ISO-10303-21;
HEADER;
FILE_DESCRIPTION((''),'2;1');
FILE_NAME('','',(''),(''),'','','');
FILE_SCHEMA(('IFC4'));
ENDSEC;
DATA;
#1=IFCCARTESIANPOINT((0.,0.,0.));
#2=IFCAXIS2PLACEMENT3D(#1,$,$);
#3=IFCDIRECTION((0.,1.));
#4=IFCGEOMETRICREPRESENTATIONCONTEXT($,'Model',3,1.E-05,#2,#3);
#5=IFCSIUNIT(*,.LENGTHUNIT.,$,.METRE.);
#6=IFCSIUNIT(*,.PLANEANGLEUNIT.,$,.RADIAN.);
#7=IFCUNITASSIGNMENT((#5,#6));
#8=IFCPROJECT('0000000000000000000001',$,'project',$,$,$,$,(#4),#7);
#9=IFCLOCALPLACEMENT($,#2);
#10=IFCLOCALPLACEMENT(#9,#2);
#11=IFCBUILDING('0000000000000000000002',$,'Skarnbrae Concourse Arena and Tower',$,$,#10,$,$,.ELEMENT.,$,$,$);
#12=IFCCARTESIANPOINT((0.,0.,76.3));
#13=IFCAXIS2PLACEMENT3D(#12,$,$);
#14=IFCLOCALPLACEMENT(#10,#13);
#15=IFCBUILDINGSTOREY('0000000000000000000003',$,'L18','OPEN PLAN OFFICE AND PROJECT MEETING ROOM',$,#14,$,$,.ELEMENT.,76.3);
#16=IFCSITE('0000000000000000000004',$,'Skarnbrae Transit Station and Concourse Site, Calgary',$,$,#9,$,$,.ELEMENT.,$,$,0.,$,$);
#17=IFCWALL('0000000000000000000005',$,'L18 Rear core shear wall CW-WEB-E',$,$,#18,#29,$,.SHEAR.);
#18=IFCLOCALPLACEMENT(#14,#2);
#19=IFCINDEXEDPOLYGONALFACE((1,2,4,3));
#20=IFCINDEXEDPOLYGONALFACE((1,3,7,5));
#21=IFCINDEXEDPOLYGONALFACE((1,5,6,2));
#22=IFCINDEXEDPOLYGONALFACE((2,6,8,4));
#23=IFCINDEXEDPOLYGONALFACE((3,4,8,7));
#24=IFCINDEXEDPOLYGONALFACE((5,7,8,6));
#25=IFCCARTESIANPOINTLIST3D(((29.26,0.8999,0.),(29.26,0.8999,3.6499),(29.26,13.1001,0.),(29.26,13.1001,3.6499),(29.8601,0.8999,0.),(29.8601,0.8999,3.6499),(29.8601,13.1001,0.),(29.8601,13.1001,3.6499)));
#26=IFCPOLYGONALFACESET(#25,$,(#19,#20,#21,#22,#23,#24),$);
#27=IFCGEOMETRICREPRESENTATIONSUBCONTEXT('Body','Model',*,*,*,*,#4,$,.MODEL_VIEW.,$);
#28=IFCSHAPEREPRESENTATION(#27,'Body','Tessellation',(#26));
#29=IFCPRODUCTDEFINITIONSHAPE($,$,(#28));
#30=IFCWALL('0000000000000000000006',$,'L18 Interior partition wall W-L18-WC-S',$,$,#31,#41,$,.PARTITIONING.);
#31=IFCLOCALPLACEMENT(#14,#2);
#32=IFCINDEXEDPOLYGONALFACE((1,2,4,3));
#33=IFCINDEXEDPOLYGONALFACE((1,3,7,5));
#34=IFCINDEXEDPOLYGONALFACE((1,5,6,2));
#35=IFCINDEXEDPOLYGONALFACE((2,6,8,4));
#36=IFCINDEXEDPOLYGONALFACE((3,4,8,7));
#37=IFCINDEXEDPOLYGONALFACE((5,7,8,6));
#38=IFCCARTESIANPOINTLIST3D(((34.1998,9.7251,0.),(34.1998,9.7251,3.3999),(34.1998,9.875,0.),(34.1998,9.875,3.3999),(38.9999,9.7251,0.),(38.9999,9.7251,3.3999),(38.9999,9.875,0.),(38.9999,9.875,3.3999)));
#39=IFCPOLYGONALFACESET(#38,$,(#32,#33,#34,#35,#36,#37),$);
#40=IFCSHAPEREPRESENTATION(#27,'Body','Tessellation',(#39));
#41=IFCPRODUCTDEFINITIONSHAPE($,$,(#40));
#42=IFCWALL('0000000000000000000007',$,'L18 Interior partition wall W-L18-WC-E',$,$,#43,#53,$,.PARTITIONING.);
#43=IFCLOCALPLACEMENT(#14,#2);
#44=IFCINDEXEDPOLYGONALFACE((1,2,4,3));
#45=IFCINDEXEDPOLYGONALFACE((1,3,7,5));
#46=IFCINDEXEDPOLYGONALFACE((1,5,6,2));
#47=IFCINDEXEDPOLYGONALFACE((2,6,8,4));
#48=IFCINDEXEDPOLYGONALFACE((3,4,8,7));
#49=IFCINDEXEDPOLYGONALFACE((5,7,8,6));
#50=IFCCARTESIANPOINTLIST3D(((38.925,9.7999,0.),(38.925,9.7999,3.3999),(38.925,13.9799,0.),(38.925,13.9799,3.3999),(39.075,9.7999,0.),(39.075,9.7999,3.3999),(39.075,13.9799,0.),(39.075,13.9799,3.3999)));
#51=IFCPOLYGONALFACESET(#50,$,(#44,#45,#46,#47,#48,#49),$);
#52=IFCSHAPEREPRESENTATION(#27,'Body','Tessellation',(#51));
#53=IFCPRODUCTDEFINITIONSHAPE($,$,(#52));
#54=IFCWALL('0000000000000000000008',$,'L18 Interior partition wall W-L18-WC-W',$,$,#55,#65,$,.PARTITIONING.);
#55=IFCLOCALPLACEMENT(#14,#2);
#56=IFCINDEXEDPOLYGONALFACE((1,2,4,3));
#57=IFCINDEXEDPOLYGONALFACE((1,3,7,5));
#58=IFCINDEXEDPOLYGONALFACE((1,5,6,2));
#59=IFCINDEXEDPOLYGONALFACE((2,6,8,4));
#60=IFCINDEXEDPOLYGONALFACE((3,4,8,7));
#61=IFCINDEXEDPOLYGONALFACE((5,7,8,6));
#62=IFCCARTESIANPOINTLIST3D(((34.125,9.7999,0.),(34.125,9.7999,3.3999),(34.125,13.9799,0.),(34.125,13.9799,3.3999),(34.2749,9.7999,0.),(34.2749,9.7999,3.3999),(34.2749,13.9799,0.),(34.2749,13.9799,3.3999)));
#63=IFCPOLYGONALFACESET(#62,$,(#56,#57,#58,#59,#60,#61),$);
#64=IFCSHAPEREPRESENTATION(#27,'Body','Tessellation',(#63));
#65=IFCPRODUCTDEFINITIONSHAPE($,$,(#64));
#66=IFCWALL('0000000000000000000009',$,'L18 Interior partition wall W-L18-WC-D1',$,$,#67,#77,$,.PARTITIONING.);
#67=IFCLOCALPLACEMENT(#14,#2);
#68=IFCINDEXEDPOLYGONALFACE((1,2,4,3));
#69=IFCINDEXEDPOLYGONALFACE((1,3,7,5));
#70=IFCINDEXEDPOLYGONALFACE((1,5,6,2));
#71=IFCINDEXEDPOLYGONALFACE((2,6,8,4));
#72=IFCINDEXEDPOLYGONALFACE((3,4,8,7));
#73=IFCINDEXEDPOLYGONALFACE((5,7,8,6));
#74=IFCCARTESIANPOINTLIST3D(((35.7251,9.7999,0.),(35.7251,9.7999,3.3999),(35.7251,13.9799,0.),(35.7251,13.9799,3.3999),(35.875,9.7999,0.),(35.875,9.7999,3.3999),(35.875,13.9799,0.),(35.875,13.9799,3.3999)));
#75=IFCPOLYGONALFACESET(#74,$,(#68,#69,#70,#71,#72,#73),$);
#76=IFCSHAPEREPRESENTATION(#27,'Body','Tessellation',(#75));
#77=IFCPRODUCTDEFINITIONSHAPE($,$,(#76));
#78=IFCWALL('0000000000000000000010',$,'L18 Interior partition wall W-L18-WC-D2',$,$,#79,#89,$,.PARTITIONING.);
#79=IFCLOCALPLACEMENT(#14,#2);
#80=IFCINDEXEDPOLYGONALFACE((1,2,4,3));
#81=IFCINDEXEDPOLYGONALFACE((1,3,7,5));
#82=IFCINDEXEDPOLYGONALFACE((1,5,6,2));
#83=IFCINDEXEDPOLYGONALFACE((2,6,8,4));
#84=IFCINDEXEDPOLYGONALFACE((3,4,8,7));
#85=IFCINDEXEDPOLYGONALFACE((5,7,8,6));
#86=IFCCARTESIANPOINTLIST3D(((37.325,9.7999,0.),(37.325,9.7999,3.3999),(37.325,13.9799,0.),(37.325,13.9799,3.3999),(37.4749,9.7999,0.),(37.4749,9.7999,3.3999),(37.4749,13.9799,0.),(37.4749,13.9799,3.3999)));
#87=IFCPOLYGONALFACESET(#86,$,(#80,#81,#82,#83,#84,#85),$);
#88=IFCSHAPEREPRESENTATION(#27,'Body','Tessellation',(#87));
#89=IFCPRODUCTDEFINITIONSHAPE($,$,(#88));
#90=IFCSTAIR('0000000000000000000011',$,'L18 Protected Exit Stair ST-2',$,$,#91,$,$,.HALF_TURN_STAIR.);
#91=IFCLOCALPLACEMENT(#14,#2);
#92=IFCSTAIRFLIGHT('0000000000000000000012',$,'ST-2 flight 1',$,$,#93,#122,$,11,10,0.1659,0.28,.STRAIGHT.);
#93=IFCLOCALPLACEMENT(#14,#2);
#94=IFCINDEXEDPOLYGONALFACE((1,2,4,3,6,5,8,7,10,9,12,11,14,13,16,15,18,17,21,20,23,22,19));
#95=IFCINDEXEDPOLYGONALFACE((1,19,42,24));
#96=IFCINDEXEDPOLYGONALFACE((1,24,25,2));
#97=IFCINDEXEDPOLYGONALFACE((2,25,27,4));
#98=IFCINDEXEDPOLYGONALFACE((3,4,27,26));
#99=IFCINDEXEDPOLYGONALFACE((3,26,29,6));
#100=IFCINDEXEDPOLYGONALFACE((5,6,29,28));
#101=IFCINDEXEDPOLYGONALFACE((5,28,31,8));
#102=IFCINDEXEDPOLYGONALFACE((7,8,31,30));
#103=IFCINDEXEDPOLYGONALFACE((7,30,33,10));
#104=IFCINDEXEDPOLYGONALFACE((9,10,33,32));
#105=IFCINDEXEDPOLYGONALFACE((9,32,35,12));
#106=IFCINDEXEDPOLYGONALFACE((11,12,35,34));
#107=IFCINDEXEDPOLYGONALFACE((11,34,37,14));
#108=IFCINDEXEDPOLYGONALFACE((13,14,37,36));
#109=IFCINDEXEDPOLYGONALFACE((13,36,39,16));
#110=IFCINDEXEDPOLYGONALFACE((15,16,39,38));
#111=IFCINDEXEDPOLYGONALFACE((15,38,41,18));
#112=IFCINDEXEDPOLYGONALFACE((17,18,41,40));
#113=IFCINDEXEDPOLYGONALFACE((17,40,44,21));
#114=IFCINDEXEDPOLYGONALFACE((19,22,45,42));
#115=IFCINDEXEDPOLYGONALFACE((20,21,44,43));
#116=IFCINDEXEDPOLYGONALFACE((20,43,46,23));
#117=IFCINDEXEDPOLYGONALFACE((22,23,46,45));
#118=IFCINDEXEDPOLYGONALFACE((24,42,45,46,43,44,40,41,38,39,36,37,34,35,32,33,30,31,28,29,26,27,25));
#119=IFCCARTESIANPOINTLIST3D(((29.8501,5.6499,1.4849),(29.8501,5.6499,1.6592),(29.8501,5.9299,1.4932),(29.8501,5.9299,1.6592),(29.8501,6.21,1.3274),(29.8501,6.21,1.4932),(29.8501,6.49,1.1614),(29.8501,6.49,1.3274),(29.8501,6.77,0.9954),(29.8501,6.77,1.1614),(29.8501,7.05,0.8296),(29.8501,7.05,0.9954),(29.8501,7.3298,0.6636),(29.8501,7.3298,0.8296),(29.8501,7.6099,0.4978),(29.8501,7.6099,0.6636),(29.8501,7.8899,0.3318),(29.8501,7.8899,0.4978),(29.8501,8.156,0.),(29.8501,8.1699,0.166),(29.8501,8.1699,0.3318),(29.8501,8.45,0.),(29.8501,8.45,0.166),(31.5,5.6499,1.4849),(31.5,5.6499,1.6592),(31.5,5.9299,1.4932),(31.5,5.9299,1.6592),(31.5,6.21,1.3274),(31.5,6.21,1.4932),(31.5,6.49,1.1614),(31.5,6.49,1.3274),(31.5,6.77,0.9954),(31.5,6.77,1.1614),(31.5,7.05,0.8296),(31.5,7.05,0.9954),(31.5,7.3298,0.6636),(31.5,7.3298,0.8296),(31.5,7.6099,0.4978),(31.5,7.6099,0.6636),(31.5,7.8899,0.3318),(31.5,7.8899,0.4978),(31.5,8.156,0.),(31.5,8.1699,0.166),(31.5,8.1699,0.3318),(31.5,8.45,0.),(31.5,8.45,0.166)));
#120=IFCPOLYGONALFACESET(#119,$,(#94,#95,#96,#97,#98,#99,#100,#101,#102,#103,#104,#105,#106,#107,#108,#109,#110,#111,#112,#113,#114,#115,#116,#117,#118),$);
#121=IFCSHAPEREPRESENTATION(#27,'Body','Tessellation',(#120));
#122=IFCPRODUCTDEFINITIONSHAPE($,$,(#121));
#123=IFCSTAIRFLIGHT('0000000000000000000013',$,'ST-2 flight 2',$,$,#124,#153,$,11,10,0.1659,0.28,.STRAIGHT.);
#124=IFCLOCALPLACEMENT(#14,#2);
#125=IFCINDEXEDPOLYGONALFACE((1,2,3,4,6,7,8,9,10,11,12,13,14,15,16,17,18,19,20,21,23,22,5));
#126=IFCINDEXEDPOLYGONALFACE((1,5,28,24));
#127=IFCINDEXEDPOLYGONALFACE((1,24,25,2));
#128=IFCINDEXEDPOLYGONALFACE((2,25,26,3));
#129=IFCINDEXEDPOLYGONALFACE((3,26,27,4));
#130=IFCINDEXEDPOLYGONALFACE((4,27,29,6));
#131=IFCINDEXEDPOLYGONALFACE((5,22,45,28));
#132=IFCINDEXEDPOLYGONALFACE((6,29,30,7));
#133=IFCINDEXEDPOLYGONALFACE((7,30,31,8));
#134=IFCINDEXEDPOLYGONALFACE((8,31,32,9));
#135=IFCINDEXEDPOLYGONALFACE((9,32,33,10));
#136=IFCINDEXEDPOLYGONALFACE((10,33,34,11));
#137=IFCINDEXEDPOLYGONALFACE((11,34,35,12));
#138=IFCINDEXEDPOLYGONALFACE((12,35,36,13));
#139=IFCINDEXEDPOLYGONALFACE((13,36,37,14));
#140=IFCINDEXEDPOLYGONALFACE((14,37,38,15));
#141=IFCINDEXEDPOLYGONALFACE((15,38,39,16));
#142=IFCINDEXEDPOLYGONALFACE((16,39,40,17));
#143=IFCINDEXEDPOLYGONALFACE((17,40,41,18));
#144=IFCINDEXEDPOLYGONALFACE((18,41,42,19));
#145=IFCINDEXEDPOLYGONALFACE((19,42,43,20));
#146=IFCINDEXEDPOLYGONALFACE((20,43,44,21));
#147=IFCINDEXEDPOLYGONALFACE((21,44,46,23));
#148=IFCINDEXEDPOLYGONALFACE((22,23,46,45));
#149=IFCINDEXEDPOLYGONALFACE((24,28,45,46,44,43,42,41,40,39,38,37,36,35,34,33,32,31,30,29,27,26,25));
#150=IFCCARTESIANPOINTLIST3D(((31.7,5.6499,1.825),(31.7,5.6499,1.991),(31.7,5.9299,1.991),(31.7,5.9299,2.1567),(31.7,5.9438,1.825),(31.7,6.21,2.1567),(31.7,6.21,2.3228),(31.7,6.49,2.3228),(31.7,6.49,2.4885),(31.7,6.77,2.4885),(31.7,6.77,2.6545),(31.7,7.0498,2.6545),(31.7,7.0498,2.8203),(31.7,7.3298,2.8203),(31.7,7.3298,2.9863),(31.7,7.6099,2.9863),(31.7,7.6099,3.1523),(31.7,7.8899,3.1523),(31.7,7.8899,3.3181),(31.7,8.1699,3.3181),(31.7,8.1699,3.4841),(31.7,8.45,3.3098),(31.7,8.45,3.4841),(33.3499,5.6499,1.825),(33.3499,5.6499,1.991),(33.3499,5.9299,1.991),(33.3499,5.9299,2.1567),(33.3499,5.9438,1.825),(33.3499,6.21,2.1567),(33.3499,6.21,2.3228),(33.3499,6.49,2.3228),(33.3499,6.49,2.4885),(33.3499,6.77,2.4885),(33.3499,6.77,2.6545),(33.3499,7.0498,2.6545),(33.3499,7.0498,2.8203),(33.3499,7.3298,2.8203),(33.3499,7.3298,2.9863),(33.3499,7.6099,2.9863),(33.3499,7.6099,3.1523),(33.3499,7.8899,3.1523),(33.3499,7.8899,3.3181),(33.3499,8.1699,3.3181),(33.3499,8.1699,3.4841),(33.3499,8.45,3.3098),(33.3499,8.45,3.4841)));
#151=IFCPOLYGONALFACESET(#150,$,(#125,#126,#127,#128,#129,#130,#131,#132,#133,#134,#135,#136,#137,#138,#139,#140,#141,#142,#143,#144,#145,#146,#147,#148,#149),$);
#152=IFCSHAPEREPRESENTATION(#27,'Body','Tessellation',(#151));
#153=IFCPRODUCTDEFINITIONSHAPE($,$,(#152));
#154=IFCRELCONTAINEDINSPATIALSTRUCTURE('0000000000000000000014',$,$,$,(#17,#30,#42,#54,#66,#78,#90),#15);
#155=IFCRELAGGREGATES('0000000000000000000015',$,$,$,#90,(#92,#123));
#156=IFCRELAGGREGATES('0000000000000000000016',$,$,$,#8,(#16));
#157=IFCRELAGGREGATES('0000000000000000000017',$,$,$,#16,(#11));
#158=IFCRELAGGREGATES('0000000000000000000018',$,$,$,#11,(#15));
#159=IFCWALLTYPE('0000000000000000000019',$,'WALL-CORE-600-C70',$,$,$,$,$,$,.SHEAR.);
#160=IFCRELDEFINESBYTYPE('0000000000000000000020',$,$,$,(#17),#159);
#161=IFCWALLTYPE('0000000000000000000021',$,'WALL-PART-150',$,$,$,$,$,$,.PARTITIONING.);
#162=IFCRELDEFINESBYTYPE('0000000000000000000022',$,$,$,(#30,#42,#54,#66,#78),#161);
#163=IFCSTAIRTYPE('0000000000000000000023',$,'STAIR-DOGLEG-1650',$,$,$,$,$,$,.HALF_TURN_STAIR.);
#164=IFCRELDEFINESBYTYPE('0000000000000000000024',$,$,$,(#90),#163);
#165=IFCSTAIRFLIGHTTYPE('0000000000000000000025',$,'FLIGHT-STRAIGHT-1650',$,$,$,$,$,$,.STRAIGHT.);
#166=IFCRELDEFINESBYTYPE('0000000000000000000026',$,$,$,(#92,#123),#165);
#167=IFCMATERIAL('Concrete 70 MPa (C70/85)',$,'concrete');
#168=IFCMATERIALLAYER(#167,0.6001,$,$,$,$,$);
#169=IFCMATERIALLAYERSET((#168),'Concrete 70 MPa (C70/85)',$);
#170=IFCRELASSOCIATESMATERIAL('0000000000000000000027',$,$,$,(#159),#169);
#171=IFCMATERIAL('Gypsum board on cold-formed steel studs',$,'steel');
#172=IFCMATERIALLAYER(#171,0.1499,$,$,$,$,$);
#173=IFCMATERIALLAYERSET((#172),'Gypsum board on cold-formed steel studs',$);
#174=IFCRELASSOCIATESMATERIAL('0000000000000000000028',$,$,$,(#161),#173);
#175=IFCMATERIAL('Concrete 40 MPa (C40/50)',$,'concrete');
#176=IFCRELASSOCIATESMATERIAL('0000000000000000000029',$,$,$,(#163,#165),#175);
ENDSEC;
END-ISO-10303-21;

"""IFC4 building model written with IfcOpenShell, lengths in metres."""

from ifc_helpers import new_model, si_unit, direction, frame, frame_2d, origin, place, context, subcontext, project, spatial, polyline, rectangle, outline, extrude, source, transform, mapped, material, layer, layer_set, type_object, element, aggregate, save


model = new_model("IFC4")

# Units and contexts
model_context = context("Model", 3, precision=1e-05, world=origin(), true_north=direction((0.0, 1.0)))
body_context = subcontext(model_context, "Body", "Model", "MODEL_VIEW")
ifc_project = project(units=[si_unit("LENGTHUNIT", "METRE"), si_unit("PLANEANGLEUNIT", "RADIAN")], contexts=[model_context])

# Site, building, storey
site_placement = place(None, origin())
site = spatial("IfcSite", under=ifc_project, at=site_placement, Name="Skarnbrae Transit Station and Concourse Site, Calgary", CompositionType="ELEMENT", RefElevation=0.0)
building_placement = place(site_placement, origin())
building = spatial("IfcBuilding", under=site, at=building_placement, Name="Skarnbrae Concourse Arena and Tower", CompositionType="ELEMENT")
storey_placement = place(building_placement, frame((0.0, 0.0, 76.3)))
storey = spatial("IfcBuildingStorey", under=building, at=storey_placement, Name="L18", Description="OPEN PLAN OFFICE AND PROJECT MEETING ROOM", CompositionType="ELEMENT", Elevation=76.3)

# Wall
ifc_material_1 = material(Name="Concrete 70 MPa (C70/85)", Category="concrete")
ifc_layer_1 = layer(ifc_material_1, 0.6001)
ifc_layer_set_1 = layer_set([ifc_layer_1], Name="Concrete 70 MPa (C70/85)")
wall_type_1 = type_object("IfcWallType", Name="WALL-CORE-600-C70", PredefinedType="SHEAR", material=ifc_layer_set_1)
shared_shape_1 = source(origin(), body_context, "Body", "SweptSolid", [
    extrude(rectangle(XDim=12.2002, YDim=0.6001, at=frame_2d((6.1001, 0.0))), origin(), (0.0, 0.0, 1.0), 3.6499),
])
wall_1_placement = place(storey_placement, frame((29.5601, 0.8999, 0.0), z_axis=(0.0, 0.0, 1.0), x_axis=(0.0, 1.0, 0.0)))
element("IfcWall", 1, at=wall_1_placement, inside=storey, type_object=wall_type_1, Name="L18 Rear core shear wall CW-WEB-E", PredefinedType="SHEAR", context=body_context, shape_type="MappedRepresentation", body=[
    mapped(shared_shape_1, transform((0.0, 0.0, 0.0))),
])

# Walls
ifc_material_2 = material(Name="Gypsum board on cold-formed steel studs", Category="steel")
ifc_layer_2 = layer(ifc_material_2, 0.1499)
ifc_layer_set_2 = layer_set([ifc_layer_2], Name="Gypsum board on cold-formed steel studs")
wall_type_2 = type_object("IfcWallType", Name="WALL-PART-150", PredefinedType="PARTITIONING", material=ifc_layer_set_2)
shared_shape_2 = source(origin(), body_context, "Body", "SweptSolid", [
    extrude(rectangle(XDim=4.8, YDim=0.1499, at=frame_2d((2.3999, 0.0))), origin(), (0.0, 0.0, 1.0), 3.3999),
])
wall_2_placement = place(storey_placement, frame((34.2, 9.8, 0.0), z_axis=(0.0, 0.0, 1.0), x_axis=(1.0, 0.0, 0.0)))
element("IfcWall", 2, at=wall_2_placement, inside=storey, type_object=wall_type_2, Name="L18 Interior partition wall W-L18-WC-S", PredefinedType="PARTITIONING", context=body_context, shape_type="MappedRepresentation", body=[
    mapped(shared_shape_2, transform((0.0, 0.0, 0.0))),
])
shared_shape_3 = source(origin(), body_context, "Body", "SweptSolid", [
    extrude(rectangle(XDim=4.1799, YDim=0.1499, at=frame_2d((2.0898, 0.0))), origin(), (0.0, 0.0, 1.0), 3.3999),
])
for number, where, z_axis, x_axis, name in (
    (3, (39.0, 9.8, 0.0), (0.0, 0.0, 1.0), (0.0, 1.0, 0.0), "L18 Interior partition wall W-L18-WC-E"),
    (4, (34.2, 9.8, 0.0), (0.0, 0.0, 1.0), (0.0, 1.0, 0.0), "L18 Interior partition wall W-L18-WC-W"),
    (5, (35.8, 9.8, 0.0), (0.0, 0.0, 1.0), (0.0, 1.0, 0.0), "L18 Interior partition wall W-L18-WC-D1"),
    (6, (37.3999, 9.8, 0.0), (0.0, 0.0, 1.0), (0.0, 1.0, 0.0), "L18 Interior partition wall W-L18-WC-D2"),
):
    element("IfcWall", number, at=place(storey_placement, frame(where, z_axis=z_axis, x_axis=x_axis)), inside=storey, type_object=wall_type_2, Name=name, PredefinedType="PARTITIONING", context=body_context, shape_type="MappedRepresentation", body=[
        mapped(shared_shape_3, transform((0.0, 0.0, 0.0))),
    ])

# Stair, stair flights
ifc_material_3 = material(Name="Concrete 40 MPa (C40/50)", Category="concrete")
stair_type = type_object("IfcStairType", Name="STAIR-DOGLEG-1650", PredefinedType="HALF_TURN_STAIR", material=ifc_material_3)
stair_placement = place(storey_placement, origin())
stair = element("IfcStair", 7, at=stair_placement, inside=storey, type_object=stair_type, Name="L18 Protected Exit Stair ST-2", PredefinedType="HALF_TURN_STAIR")
stair_flight_type = type_object("IfcStairFlightType", Name="FLIGHT-STRAIGHT-1650", PredefinedType="STRAIGHT", material=ifc_material_3)
shared_shape_4 = source(origin(), body_context, "Body", "SweptSolid", [
    extrude(outline(polyline([(0.0, 0.0), (0.0, 0.166), (0.28, 0.166), (0.28, 0.3318), (0.5601, 0.3318), (0.5601, 0.4978), (0.8401, 0.4978), (0.8401, 0.6636), (1.1201, 0.6636), (1.1201, 0.8296), (1.3999, 0.8296), (1.3999, 0.9954), (1.6799, 0.9954), (1.6799, 1.1614), (1.96, 1.1614), (1.96, 1.3274), (2.24, 1.3274), (2.24, 1.4932), (2.52, 1.4932), (2.52, 1.6592), (2.8, 1.6592), (2.8, 1.825), (2.8, 1.4849), (0.2939, 0.0), (0.0, 0.0)])), frame((0.0, 0.825, 0.0), z_axis=(0.0, -1.0, 0.0), x_axis=(1.0, 0.0, 0.0)), (0.0, 0.0, 1.0), 1.6499),
])
stair_flight_1_placement = place(storey_placement, frame((30.675, 8.45, 0.0), z_axis=(0.0, 0.0, 1.0), x_axis=(0.0, -1.0, 0.0)))
stair_flight_1 = element("IfcStairFlight", 8, at=stair_flight_1_placement, type_object=stair_flight_type, Name="ST-2 flight 1", NumberOfRisers=11, NumberOfTreads=10, PredefinedType="STRAIGHT", RiserHeight=0.1659, TreadLength=0.28, context=body_context, shape_type="MappedRepresentation", body=[
    mapped(shared_shape_4, transform((0.0, 0.0, 0.0))),
])
stair_flight_2_placement = place(storey_placement, frame((32.5249, 5.6499, 1.825), z_axis=(0.0, 0.0, 1.0), x_axis=(0.0, 1.0, 0.0)))
stair_flight_2 = element("IfcStairFlight", 9, at=stair_flight_2_placement, type_object=stair_flight_type, Name="ST-2 flight 2", NumberOfRisers=11, NumberOfTreads=10, PredefinedType="STRAIGHT", RiserHeight=0.1659, TreadLength=0.28, context=body_context, shape_type="MappedRepresentation", body=[
    mapped(shared_shape_4, transform((0.0, 0.0, 0.0))),
])
aggregate(stair, [stair_flight_1, stair_flight_2])

save(model, "model.ifc")
